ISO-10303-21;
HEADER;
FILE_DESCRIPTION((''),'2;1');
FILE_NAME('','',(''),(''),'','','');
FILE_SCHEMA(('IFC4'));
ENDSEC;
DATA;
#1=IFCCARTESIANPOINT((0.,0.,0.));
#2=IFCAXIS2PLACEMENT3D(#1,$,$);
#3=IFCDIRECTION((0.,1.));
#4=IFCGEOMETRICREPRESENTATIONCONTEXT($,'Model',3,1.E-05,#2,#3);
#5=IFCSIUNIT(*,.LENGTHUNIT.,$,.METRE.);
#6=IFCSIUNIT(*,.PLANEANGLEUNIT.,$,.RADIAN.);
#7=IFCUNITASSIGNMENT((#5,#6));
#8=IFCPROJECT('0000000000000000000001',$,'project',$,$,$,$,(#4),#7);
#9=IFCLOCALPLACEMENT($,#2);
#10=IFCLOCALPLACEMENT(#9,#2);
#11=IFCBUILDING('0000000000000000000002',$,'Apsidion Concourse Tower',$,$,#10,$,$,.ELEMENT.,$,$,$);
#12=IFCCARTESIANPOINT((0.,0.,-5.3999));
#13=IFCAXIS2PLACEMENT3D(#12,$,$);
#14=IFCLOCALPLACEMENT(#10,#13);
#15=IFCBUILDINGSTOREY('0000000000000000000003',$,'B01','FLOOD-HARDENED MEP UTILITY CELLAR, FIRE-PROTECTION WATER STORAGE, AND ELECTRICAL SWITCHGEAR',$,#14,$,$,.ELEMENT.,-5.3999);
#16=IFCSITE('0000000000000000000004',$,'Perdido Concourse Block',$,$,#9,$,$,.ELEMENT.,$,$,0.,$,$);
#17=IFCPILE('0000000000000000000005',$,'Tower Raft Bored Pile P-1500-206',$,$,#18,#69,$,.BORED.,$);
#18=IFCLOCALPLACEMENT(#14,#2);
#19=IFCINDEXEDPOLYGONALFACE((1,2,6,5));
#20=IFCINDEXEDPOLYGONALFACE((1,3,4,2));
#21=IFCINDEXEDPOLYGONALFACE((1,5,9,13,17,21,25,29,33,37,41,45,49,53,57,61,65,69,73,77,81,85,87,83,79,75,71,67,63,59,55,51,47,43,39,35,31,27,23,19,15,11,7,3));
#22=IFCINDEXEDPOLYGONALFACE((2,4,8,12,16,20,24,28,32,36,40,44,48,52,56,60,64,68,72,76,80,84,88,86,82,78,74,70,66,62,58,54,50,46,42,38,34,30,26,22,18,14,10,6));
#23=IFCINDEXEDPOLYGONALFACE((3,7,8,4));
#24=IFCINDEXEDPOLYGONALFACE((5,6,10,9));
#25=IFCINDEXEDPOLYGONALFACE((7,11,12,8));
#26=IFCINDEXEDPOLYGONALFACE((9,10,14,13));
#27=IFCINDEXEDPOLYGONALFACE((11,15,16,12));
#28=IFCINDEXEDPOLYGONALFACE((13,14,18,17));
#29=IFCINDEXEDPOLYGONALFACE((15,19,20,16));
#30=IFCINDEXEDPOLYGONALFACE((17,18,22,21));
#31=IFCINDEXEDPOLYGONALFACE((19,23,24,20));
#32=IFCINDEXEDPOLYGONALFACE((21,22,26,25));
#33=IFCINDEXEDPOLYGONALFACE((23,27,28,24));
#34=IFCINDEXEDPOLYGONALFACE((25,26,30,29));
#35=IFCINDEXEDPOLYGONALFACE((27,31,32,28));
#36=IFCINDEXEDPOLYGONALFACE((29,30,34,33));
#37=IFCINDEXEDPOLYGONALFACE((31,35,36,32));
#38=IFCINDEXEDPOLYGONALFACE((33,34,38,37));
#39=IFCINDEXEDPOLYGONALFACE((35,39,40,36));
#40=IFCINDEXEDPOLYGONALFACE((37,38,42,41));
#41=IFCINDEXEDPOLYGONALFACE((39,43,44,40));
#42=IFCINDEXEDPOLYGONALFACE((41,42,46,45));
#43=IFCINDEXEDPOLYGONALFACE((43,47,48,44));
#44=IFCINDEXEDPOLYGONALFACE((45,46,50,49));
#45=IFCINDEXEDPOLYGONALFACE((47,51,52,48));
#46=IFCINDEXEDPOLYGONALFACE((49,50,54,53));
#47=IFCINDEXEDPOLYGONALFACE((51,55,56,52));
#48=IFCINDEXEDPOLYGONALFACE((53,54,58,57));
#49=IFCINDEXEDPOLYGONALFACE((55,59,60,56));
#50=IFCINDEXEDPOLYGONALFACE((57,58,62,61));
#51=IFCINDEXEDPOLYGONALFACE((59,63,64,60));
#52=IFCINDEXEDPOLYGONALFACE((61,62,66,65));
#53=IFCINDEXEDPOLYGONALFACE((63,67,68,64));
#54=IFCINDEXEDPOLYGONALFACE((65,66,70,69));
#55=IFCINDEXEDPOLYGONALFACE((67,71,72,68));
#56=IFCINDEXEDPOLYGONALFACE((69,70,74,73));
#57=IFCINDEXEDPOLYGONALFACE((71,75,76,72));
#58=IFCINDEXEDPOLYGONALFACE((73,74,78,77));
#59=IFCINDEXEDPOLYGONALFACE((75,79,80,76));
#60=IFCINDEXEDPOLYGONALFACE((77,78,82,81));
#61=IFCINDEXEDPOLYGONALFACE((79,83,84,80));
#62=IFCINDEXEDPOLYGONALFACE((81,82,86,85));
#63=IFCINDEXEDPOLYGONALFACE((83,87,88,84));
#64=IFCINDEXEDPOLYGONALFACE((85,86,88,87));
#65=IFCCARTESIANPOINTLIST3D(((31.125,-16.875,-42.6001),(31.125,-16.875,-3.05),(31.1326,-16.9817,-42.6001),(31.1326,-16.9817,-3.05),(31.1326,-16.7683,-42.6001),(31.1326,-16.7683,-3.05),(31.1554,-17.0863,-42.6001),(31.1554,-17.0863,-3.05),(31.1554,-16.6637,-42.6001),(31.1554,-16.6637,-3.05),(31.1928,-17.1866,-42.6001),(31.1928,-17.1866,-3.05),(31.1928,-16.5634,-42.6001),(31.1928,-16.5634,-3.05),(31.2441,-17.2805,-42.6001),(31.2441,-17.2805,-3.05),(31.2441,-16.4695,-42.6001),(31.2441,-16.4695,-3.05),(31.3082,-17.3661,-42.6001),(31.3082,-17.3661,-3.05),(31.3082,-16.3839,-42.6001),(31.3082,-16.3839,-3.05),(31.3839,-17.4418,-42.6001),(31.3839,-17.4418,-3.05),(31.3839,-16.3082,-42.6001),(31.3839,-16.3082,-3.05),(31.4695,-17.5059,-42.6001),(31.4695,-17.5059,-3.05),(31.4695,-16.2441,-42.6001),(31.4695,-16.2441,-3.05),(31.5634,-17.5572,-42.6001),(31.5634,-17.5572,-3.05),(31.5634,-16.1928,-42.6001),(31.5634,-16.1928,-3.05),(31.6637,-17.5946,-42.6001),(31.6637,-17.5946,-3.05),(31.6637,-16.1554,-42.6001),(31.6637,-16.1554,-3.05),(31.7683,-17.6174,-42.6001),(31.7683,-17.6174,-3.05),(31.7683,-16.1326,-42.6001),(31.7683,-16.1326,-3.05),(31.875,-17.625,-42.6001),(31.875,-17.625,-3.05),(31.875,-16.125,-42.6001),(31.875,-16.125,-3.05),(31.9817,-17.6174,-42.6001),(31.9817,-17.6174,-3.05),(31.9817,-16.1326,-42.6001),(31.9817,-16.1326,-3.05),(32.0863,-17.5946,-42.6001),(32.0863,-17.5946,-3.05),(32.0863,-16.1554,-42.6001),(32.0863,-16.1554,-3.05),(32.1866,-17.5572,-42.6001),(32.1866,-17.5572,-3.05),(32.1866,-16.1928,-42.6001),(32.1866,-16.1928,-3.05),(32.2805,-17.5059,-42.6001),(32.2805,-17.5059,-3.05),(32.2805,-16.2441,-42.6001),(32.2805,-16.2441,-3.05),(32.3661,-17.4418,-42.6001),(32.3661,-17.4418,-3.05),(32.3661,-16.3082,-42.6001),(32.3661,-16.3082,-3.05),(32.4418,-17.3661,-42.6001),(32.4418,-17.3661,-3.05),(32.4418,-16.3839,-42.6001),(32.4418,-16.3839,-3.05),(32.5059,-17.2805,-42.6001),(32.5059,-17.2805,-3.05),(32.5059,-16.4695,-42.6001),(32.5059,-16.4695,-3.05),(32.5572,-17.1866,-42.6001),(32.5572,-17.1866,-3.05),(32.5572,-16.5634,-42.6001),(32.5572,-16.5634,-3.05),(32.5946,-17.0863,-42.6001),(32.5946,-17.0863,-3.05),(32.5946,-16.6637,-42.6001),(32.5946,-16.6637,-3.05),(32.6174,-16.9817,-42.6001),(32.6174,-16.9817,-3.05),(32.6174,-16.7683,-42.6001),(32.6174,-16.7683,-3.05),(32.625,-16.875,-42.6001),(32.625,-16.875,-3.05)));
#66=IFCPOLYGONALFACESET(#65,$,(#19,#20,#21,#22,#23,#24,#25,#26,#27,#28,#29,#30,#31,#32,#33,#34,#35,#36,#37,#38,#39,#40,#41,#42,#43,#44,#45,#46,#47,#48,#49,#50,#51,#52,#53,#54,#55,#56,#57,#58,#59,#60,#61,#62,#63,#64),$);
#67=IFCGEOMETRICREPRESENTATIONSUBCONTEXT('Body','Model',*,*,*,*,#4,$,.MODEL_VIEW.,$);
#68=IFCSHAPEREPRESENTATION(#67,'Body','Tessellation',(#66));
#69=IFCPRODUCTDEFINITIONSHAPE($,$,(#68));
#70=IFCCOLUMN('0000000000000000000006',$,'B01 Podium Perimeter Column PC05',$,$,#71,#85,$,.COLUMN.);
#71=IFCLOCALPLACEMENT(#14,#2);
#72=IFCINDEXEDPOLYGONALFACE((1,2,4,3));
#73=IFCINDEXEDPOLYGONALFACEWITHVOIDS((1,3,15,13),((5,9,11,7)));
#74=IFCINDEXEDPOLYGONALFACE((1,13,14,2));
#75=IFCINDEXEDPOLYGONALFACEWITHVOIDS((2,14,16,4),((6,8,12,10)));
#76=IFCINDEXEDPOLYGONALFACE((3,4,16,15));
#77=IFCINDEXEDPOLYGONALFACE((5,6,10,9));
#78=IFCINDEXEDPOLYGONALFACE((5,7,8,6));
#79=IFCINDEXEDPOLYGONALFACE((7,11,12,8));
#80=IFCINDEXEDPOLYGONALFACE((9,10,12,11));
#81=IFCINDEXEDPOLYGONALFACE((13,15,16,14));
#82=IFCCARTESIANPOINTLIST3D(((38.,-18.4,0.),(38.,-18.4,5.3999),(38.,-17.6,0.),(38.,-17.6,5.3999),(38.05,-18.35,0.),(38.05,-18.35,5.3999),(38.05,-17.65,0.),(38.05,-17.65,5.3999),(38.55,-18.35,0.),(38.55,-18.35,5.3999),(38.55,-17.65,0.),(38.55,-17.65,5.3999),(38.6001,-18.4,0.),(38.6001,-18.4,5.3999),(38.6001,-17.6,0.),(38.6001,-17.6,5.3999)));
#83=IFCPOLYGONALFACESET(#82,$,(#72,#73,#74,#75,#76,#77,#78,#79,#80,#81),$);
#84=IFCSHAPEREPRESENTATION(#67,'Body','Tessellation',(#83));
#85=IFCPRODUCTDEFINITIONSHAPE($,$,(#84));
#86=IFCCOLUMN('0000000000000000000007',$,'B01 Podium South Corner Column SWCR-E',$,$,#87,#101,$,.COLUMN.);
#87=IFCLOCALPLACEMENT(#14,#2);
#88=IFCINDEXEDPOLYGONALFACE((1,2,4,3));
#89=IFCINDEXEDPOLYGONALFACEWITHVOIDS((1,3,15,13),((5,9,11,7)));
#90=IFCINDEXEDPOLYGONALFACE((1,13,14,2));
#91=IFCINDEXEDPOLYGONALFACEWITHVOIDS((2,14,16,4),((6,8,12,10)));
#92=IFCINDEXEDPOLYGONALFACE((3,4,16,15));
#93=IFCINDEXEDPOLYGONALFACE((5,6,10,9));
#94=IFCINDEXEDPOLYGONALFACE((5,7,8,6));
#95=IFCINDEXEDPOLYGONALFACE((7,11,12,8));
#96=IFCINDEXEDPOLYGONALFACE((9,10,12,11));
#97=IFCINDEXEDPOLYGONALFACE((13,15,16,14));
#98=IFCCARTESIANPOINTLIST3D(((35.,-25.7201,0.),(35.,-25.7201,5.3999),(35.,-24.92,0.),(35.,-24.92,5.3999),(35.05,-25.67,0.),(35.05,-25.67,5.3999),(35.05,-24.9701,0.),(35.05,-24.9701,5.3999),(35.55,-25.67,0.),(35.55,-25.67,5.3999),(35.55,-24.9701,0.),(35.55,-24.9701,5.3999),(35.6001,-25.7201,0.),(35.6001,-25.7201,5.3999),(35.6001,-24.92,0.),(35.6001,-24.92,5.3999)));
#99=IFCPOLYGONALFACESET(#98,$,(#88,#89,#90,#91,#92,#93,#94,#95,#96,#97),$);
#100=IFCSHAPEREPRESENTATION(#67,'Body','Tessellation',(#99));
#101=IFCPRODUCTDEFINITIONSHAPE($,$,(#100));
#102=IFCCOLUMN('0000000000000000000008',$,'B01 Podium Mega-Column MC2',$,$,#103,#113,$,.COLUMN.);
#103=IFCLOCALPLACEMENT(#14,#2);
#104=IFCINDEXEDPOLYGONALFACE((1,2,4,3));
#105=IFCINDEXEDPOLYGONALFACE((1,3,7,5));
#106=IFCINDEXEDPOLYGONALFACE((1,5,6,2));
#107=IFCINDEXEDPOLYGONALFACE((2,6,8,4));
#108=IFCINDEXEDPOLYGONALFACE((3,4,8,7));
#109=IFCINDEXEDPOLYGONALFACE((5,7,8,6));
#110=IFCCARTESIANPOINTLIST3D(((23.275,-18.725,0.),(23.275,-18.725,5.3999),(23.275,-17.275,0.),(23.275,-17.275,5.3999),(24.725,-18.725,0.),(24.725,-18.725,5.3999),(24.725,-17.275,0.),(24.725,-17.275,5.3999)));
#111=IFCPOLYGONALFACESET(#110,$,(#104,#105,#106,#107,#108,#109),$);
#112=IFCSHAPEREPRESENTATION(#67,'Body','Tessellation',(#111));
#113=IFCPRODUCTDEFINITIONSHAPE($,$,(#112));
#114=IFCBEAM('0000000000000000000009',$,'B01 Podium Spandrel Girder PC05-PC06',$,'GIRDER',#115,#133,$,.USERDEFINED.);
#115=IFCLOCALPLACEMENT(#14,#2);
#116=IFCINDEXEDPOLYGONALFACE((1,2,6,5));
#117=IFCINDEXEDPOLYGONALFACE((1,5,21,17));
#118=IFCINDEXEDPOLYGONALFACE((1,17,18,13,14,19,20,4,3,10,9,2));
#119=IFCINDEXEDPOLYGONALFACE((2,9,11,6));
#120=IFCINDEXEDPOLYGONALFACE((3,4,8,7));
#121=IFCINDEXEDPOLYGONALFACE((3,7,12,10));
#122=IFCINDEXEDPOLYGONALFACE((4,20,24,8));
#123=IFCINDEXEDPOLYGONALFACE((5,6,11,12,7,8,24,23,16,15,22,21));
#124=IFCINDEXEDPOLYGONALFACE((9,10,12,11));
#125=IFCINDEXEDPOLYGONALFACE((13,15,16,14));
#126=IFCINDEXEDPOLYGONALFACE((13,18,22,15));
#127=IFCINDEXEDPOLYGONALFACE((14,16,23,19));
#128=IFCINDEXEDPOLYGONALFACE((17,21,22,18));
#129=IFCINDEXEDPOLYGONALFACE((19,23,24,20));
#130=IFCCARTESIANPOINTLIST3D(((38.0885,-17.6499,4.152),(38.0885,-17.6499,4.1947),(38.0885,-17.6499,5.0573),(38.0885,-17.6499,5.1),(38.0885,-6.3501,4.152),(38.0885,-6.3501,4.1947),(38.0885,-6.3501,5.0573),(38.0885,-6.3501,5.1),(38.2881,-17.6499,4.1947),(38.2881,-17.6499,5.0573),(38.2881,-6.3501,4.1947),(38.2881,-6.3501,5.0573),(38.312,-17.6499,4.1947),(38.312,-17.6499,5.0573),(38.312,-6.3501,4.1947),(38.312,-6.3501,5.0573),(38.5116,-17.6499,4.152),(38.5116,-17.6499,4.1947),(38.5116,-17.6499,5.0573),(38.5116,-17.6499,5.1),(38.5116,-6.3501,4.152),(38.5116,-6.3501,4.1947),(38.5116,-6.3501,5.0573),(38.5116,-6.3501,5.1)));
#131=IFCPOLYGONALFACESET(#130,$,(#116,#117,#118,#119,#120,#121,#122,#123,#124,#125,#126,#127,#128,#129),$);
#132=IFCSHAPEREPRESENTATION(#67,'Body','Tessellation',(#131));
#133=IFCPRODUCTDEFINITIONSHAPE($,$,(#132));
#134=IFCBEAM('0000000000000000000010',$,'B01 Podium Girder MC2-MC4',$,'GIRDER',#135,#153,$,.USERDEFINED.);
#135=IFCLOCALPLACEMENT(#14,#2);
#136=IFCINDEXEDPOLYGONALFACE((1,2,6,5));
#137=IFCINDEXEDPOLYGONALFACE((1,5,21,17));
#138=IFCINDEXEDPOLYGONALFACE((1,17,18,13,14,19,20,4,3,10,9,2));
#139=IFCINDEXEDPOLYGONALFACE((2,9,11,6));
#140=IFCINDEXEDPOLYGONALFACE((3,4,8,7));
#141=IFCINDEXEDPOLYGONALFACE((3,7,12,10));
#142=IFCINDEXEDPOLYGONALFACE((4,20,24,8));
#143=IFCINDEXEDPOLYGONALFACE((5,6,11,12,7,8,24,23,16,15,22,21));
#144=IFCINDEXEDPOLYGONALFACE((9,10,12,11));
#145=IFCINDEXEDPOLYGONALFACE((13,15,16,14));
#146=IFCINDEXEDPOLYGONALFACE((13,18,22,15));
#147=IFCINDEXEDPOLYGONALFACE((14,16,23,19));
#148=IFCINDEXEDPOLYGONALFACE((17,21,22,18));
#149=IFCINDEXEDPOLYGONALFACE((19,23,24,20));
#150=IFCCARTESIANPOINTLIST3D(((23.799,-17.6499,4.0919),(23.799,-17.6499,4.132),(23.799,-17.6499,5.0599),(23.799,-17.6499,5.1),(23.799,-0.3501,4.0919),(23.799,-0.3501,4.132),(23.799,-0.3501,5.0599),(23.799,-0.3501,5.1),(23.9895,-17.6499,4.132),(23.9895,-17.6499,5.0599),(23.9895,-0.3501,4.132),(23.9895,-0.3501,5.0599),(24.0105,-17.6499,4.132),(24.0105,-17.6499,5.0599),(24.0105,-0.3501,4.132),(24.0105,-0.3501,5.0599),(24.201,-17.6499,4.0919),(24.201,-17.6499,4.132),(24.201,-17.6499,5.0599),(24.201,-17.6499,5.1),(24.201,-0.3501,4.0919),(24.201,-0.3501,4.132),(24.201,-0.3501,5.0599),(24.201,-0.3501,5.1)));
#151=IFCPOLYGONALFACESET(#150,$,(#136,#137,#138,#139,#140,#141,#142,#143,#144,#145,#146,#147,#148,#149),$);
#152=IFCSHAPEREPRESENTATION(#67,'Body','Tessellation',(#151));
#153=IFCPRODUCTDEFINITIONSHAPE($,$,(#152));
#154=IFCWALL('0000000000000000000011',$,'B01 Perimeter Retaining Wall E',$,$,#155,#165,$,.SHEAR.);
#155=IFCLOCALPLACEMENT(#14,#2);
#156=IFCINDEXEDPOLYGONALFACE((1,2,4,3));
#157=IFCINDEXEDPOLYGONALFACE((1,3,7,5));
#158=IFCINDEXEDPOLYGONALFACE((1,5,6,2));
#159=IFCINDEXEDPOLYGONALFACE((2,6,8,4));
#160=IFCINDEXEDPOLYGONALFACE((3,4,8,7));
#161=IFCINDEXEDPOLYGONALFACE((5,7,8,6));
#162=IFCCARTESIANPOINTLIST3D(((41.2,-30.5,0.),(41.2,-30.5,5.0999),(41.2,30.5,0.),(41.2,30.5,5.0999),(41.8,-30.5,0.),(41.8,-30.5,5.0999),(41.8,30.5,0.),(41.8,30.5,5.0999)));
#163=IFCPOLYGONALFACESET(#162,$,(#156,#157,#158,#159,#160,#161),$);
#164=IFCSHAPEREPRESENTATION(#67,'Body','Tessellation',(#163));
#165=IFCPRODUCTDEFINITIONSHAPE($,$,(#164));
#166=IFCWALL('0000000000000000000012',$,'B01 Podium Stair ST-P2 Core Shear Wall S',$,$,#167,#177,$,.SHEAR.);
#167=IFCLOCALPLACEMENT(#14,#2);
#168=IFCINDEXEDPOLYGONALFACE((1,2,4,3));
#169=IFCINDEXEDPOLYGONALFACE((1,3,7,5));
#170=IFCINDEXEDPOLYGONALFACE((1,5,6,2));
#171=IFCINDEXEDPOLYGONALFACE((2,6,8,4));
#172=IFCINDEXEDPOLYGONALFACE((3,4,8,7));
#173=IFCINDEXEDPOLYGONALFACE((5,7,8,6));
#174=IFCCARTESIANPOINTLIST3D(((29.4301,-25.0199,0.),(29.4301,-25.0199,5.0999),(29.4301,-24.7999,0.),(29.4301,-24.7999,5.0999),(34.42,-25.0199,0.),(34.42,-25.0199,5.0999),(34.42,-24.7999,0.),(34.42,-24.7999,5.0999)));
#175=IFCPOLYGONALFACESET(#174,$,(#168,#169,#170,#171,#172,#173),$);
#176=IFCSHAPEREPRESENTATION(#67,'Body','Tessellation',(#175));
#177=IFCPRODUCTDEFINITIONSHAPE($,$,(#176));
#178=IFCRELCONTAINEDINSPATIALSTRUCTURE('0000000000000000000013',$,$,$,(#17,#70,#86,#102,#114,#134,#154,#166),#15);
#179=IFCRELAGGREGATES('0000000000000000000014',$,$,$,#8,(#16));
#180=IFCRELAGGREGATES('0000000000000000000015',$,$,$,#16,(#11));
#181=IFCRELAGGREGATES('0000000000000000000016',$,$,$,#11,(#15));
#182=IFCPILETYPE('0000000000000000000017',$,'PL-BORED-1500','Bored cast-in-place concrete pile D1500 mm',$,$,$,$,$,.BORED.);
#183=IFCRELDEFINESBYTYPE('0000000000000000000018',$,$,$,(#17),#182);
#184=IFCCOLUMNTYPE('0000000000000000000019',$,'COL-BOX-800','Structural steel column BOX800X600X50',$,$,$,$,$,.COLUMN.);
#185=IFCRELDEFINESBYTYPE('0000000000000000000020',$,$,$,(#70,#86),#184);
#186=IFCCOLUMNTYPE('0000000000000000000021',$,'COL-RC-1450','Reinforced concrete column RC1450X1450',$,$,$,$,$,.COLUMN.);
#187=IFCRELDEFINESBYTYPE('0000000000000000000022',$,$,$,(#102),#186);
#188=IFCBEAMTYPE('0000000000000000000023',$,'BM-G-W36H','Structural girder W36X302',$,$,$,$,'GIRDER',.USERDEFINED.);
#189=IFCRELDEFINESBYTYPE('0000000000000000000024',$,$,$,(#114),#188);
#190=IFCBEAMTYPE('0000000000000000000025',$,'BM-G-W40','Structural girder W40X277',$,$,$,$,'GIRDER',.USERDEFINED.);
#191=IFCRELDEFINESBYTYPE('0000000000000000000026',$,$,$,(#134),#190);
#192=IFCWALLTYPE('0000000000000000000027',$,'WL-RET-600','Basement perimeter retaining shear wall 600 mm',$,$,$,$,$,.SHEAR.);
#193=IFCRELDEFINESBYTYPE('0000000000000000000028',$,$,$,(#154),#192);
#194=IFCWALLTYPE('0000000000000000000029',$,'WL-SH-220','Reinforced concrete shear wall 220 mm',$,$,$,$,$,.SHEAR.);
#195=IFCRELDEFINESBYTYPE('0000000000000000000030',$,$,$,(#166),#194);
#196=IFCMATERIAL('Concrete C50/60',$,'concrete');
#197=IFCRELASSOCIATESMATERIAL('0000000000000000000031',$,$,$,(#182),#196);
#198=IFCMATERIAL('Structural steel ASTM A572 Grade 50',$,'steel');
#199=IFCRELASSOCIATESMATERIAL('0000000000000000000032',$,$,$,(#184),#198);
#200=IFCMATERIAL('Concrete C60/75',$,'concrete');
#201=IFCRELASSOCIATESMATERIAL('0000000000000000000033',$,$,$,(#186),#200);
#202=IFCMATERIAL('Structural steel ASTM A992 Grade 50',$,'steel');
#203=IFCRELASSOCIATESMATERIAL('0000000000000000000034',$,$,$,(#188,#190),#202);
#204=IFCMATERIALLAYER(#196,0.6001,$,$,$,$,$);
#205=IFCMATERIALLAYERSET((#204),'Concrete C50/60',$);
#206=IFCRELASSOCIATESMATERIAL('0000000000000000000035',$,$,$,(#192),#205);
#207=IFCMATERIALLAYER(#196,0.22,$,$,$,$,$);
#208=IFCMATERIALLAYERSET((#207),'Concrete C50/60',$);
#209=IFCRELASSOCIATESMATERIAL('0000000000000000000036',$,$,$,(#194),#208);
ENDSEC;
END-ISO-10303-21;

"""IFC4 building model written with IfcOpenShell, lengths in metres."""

from ifc_helpers import new_model, si_unit, direction, frame, frame_2d, origin, origin_2d, place, context, subcontext, project, spatial, rectangle, hollow_rectangle, circle, i_section, extrude, material, layer, layer_set, material_profile, profile_set, type_object, element, save


model = new_model("IFC4")

# Units and contexts
model_context = context("Model", 3, precision=1e-05, world=origin(), true_north=direction((0.0, 1.0)))
body_context = subcontext(model_context, "Body", "Model", "MODEL_VIEW")
ifc_project = project(units=[si_unit("LENGTHUNIT", "METRE"), si_unit("PLANEANGLEUNIT", "RADIAN")], contexts=[model_context])

# Site, building, storey
site_placement = place(None, origin())
site = spatial("IfcSite", under=ifc_project, at=site_placement, Name="Perdido Concourse Block", CompositionType="ELEMENT", RefElevation=0.0)
building_placement = place(site_placement, origin())
building = spatial("IfcBuilding", under=site, at=building_placement, Name="Apsidion Concourse Tower", CompositionType="ELEMENT")
storey_placement = place(building_placement, frame((0.0, 0.0, -5.3999)))
storey = spatial("IfcBuildingStorey", under=building, at=storey_placement, Name="B01", Description="FLOOD-HARDENED MEP UTILITY CELLAR, FIRE-PROTECTION WATER STORAGE, AND ELECTRICAL SWITCHGEAR", CompositionType="ELEMENT", Elevation=-5.3999)

# Shared definitions
ifc_material_1 = material(Name="Concrete C50/60", Category="concrete")

# Pile
ifc_material_profile_1 = material_profile(ifc_material_1, circle(Radius=0.75, at=origin_2d()), Name="BORED PILE D1500")
ifc_profile_set_1 = profile_set([ifc_material_profile_1], Name="Concrete C50/60")
pile_type_1 = type_object("IfcPileType", Name="PL-BORED-1500", Description="Bored cast-in-place concrete pile D1500 mm", PredefinedType="BORED", material=ifc_profile_set_1)
for number, where, z_axis, x_axis, name in (
    (1, (31.875, -16.875, -3.05), (0.0, 0.0, -1.0), (1.0, 0.0, 0.0), "Tower Raft Bored Pile P-1500-206"),
):
    element("IfcPile", number, at=place(storey_placement, frame(where, z_axis=z_axis, x_axis=x_axis)), inside=storey, type_object=pile_type_1, Name=name, PredefinedType="BORED", context=body_context, shape_type="SweptSolid", body=[
        extrude(circle(Radius=0.75, at=origin_2d()), origin(), (0.0, 0.0, 1.0), 39.55),
    ])

# Columns
ifc_material_2 = material(Name="Structural steel ASTM A572 Grade 50", Category="steel")
ifc_material_profile_2 = material_profile(ifc_material_2, hollow_rectangle(XDim=0.6001, YDim=0.8, WallThickness=0.05, at=origin_2d()), Name="BOX800X600X50")
ifc_profile_set_2 = profile_set([ifc_material_profile_2], Name="Structural steel ASTM A572 Grade 50")
column_type_1 = type_object("IfcColumnType", Name="COL-BOX-800", Description="Structural steel column BOX800X600X50", PredefinedType="COLUMN", material=ifc_profile_set_2)
for number, where, z_axis, x_axis, name in (
    (2, (38.3, -18.0, 0.0), (0.0, 0.0, 1.0), (1.0, 0.0, 0.0), "B01 Podium Perimeter Column PC05"),
    (3, (35.3, -25.3201, 0.0), (0.0, 0.0, 1.0), (1.0, 0.0, 0.0), "B01 Podium South Corner Column SWCR-E"),
):
    element("IfcColumn", number, at=place(storey_placement, frame(where, z_axis=z_axis, x_axis=x_axis)), inside=storey, type_object=column_type_1, Name=name, PredefinedType="COLUMN", context=body_context, shape_type="SweptSolid", body=[
        extrude(hollow_rectangle(XDim=0.6001, YDim=0.8, WallThickness=0.05, at=origin_2d()), origin(), (0.0, 0.0, 1.0), 5.3999),
    ])
ifc_material_3 = material(Name="Concrete C60/75", Category="concrete")
ifc_material_profile_3 = material_profile(ifc_material_3, rectangle(XDim=1.45, YDim=1.45, at=origin_2d()), Name="RC 1450x1450")
ifc_profile_set_3 = profile_set([ifc_material_profile_3], Name="Concrete C60/75")
column_type_2 = type_object("IfcColumnType", Name="COL-RC-1450", Description="Reinforced concrete column RC1450X1450", PredefinedType="COLUMN", material=ifc_profile_set_3)
column_placement = place(storey_placement, frame((24.0, -18.0, 0.0), z_axis=(0.0, 0.0, 1.0), x_axis=(1.0, 0.0, 0.0)))
element("IfcColumn", 4, at=column_placement, inside=storey, type_object=column_type_2, Name="B01 Podium Mega-Column MC2", PredefinedType="COLUMN", context=body_context, shape_type="SweptSolid", body=[
    extrude(rectangle(XDim=1.45, YDim=1.45, at=origin_2d()), origin(), (0.0, 0.0, 1.0), 5.3999),
])

# Beams
ifc_material_4 = material(Name="Structural steel ASTM A992 Grade 50", Category="steel")
ifc_material_profile_4 = material_profile(ifc_material_4, i_section(OverallWidth=0.4231, OverallDepth=0.948, WebThickness=0.0239, FlangeThickness=0.0427, at=origin_2d()), Name="W36X302")
ifc_profile_set_4 = profile_set([ifc_material_profile_4], Name="Structural steel ASTM A992 Grade 50")
beam_type_1 = type_object("IfcBeamType", Name="BM-G-W36H", Description="Structural girder W36X302", ElementType="GIRDER", PredefinedType="USERDEFINED", material=ifc_profile_set_4)
beam_1_placement = place(storey_placement, frame((38.3, -17.6499, 4.626), z_axis=(0.0, 1.0, 0.0), x_axis=(-1.0, 0.0, 0.0)))
element("IfcBeam", 5, at=beam_1_placement, inside=storey, type_object=beam_type_1, Name="B01 Podium Spandrel Girder PC05-PC06", ObjectType="GIRDER", PredefinedType="USERDEFINED", context=body_context, shape_type="SweptSolid", body=[
    extrude(i_section(OverallWidth=0.4231, OverallDepth=0.948, WebThickness=0.0239, FlangeThickness=0.0427, at=origin_2d()), origin(), (0.0, 0.0, 1.0), 11.2998),
])
ifc_material_profile_5 = material_profile(ifc_material_4, i_section(OverallWidth=0.4021, OverallDepth=1.0081, WebThickness=0.021, FlangeThickness=0.04, at=origin_2d()), Name="W40X277")
ifc_profile_set_5 = profile_set([ifc_material_profile_5], Name="Structural steel ASTM A992 Grade 50")
beam_type_2 = type_object("IfcBeamType", Name="BM-G-W40", Description="Structural girder W40X277", ElementType="GIRDER", PredefinedType="USERDEFINED", material=ifc_profile_set_5)
beam_2_placement = place(storey_placement, frame((24.0, -17.6499, 4.5959), z_axis=(0.0, 1.0, 0.0), x_axis=(-1.0, 0.0, 0.0)))
element("IfcBeam", 6, at=beam_2_placement, inside=storey, type_object=beam_type_2, Name="B01 Podium Girder MC2-MC4", ObjectType="GIRDER", PredefinedType="USERDEFINED", context=body_context, shape_type="SweptSolid", body=[
    extrude(i_section(OverallWidth=0.4021, OverallDepth=1.0081, WebThickness=0.021, FlangeThickness=0.04, at=origin_2d()), origin(), (0.0, 0.0, 1.0), 17.2998),
])

# Walls
ifc_layer_1 = layer(ifc_material_1, 0.6001)
ifc_layer_set_1 = layer_set([ifc_layer_1], Name="Concrete C50/60")
wall_type_1 = type_object("IfcWallType", Name="WL-RET-600", Description="Basement perimeter retaining shear wall 600 mm", PredefinedType="SHEAR", material=ifc_layer_set_1)
wall_placement = place(storey_placement, frame((41.5, -30.5, 0.0), z_axis=(0.0, 0.0, 1.0), x_axis=(0.0, 1.0, 0.0)))
element("IfcWall", 7, at=wall_placement, inside=storey, type_object=wall_type_1, Name="B01 Perimeter Retaining Wall E", PredefinedType="SHEAR", context=body_context, shape_type="SweptSolid", body=[
    extrude(rectangle(XDim=61.0, YDim=0.6001, at=frame_2d((30.5, 0.0))), origin(), (0.0, 0.0, 1.0), 5.0999),
])
ifc_layer_2 = layer(ifc_material_1, 0.22)
ifc_layer_set_2 = layer_set([ifc_layer_2], Name="Concrete C50/60")
wall_type_2 = type_object("IfcWallType", Name="WL-SH-220", Description="Reinforced concrete shear wall 220 mm", PredefinedType="SHEAR", material=ifc_layer_set_2)
for number, where, z_axis, x_axis, name in (
    (8, (29.4299, -24.9099, 0.0), (0.0, 0.0, 1.0), (1.0, 0.0, 0.0), "B01 Podium Stair ST-P2 Core Shear Wall S"),
):
    element("IfcWall", number, at=place(storey_placement, frame(where, z_axis=z_axis, x_axis=x_axis)), inside=storey, type_object=wall_type_2, Name=name, PredefinedType="SHEAR", context=body_context, shape_type="SweptSolid", body=[
        extrude(rectangle(XDim=4.99, YDim=0.22, at=frame_2d((2.4951, 0.0))), origin(), (0.0, 0.0, 1.0), 5.0999),
    ])

save(model, "model.ifc")
